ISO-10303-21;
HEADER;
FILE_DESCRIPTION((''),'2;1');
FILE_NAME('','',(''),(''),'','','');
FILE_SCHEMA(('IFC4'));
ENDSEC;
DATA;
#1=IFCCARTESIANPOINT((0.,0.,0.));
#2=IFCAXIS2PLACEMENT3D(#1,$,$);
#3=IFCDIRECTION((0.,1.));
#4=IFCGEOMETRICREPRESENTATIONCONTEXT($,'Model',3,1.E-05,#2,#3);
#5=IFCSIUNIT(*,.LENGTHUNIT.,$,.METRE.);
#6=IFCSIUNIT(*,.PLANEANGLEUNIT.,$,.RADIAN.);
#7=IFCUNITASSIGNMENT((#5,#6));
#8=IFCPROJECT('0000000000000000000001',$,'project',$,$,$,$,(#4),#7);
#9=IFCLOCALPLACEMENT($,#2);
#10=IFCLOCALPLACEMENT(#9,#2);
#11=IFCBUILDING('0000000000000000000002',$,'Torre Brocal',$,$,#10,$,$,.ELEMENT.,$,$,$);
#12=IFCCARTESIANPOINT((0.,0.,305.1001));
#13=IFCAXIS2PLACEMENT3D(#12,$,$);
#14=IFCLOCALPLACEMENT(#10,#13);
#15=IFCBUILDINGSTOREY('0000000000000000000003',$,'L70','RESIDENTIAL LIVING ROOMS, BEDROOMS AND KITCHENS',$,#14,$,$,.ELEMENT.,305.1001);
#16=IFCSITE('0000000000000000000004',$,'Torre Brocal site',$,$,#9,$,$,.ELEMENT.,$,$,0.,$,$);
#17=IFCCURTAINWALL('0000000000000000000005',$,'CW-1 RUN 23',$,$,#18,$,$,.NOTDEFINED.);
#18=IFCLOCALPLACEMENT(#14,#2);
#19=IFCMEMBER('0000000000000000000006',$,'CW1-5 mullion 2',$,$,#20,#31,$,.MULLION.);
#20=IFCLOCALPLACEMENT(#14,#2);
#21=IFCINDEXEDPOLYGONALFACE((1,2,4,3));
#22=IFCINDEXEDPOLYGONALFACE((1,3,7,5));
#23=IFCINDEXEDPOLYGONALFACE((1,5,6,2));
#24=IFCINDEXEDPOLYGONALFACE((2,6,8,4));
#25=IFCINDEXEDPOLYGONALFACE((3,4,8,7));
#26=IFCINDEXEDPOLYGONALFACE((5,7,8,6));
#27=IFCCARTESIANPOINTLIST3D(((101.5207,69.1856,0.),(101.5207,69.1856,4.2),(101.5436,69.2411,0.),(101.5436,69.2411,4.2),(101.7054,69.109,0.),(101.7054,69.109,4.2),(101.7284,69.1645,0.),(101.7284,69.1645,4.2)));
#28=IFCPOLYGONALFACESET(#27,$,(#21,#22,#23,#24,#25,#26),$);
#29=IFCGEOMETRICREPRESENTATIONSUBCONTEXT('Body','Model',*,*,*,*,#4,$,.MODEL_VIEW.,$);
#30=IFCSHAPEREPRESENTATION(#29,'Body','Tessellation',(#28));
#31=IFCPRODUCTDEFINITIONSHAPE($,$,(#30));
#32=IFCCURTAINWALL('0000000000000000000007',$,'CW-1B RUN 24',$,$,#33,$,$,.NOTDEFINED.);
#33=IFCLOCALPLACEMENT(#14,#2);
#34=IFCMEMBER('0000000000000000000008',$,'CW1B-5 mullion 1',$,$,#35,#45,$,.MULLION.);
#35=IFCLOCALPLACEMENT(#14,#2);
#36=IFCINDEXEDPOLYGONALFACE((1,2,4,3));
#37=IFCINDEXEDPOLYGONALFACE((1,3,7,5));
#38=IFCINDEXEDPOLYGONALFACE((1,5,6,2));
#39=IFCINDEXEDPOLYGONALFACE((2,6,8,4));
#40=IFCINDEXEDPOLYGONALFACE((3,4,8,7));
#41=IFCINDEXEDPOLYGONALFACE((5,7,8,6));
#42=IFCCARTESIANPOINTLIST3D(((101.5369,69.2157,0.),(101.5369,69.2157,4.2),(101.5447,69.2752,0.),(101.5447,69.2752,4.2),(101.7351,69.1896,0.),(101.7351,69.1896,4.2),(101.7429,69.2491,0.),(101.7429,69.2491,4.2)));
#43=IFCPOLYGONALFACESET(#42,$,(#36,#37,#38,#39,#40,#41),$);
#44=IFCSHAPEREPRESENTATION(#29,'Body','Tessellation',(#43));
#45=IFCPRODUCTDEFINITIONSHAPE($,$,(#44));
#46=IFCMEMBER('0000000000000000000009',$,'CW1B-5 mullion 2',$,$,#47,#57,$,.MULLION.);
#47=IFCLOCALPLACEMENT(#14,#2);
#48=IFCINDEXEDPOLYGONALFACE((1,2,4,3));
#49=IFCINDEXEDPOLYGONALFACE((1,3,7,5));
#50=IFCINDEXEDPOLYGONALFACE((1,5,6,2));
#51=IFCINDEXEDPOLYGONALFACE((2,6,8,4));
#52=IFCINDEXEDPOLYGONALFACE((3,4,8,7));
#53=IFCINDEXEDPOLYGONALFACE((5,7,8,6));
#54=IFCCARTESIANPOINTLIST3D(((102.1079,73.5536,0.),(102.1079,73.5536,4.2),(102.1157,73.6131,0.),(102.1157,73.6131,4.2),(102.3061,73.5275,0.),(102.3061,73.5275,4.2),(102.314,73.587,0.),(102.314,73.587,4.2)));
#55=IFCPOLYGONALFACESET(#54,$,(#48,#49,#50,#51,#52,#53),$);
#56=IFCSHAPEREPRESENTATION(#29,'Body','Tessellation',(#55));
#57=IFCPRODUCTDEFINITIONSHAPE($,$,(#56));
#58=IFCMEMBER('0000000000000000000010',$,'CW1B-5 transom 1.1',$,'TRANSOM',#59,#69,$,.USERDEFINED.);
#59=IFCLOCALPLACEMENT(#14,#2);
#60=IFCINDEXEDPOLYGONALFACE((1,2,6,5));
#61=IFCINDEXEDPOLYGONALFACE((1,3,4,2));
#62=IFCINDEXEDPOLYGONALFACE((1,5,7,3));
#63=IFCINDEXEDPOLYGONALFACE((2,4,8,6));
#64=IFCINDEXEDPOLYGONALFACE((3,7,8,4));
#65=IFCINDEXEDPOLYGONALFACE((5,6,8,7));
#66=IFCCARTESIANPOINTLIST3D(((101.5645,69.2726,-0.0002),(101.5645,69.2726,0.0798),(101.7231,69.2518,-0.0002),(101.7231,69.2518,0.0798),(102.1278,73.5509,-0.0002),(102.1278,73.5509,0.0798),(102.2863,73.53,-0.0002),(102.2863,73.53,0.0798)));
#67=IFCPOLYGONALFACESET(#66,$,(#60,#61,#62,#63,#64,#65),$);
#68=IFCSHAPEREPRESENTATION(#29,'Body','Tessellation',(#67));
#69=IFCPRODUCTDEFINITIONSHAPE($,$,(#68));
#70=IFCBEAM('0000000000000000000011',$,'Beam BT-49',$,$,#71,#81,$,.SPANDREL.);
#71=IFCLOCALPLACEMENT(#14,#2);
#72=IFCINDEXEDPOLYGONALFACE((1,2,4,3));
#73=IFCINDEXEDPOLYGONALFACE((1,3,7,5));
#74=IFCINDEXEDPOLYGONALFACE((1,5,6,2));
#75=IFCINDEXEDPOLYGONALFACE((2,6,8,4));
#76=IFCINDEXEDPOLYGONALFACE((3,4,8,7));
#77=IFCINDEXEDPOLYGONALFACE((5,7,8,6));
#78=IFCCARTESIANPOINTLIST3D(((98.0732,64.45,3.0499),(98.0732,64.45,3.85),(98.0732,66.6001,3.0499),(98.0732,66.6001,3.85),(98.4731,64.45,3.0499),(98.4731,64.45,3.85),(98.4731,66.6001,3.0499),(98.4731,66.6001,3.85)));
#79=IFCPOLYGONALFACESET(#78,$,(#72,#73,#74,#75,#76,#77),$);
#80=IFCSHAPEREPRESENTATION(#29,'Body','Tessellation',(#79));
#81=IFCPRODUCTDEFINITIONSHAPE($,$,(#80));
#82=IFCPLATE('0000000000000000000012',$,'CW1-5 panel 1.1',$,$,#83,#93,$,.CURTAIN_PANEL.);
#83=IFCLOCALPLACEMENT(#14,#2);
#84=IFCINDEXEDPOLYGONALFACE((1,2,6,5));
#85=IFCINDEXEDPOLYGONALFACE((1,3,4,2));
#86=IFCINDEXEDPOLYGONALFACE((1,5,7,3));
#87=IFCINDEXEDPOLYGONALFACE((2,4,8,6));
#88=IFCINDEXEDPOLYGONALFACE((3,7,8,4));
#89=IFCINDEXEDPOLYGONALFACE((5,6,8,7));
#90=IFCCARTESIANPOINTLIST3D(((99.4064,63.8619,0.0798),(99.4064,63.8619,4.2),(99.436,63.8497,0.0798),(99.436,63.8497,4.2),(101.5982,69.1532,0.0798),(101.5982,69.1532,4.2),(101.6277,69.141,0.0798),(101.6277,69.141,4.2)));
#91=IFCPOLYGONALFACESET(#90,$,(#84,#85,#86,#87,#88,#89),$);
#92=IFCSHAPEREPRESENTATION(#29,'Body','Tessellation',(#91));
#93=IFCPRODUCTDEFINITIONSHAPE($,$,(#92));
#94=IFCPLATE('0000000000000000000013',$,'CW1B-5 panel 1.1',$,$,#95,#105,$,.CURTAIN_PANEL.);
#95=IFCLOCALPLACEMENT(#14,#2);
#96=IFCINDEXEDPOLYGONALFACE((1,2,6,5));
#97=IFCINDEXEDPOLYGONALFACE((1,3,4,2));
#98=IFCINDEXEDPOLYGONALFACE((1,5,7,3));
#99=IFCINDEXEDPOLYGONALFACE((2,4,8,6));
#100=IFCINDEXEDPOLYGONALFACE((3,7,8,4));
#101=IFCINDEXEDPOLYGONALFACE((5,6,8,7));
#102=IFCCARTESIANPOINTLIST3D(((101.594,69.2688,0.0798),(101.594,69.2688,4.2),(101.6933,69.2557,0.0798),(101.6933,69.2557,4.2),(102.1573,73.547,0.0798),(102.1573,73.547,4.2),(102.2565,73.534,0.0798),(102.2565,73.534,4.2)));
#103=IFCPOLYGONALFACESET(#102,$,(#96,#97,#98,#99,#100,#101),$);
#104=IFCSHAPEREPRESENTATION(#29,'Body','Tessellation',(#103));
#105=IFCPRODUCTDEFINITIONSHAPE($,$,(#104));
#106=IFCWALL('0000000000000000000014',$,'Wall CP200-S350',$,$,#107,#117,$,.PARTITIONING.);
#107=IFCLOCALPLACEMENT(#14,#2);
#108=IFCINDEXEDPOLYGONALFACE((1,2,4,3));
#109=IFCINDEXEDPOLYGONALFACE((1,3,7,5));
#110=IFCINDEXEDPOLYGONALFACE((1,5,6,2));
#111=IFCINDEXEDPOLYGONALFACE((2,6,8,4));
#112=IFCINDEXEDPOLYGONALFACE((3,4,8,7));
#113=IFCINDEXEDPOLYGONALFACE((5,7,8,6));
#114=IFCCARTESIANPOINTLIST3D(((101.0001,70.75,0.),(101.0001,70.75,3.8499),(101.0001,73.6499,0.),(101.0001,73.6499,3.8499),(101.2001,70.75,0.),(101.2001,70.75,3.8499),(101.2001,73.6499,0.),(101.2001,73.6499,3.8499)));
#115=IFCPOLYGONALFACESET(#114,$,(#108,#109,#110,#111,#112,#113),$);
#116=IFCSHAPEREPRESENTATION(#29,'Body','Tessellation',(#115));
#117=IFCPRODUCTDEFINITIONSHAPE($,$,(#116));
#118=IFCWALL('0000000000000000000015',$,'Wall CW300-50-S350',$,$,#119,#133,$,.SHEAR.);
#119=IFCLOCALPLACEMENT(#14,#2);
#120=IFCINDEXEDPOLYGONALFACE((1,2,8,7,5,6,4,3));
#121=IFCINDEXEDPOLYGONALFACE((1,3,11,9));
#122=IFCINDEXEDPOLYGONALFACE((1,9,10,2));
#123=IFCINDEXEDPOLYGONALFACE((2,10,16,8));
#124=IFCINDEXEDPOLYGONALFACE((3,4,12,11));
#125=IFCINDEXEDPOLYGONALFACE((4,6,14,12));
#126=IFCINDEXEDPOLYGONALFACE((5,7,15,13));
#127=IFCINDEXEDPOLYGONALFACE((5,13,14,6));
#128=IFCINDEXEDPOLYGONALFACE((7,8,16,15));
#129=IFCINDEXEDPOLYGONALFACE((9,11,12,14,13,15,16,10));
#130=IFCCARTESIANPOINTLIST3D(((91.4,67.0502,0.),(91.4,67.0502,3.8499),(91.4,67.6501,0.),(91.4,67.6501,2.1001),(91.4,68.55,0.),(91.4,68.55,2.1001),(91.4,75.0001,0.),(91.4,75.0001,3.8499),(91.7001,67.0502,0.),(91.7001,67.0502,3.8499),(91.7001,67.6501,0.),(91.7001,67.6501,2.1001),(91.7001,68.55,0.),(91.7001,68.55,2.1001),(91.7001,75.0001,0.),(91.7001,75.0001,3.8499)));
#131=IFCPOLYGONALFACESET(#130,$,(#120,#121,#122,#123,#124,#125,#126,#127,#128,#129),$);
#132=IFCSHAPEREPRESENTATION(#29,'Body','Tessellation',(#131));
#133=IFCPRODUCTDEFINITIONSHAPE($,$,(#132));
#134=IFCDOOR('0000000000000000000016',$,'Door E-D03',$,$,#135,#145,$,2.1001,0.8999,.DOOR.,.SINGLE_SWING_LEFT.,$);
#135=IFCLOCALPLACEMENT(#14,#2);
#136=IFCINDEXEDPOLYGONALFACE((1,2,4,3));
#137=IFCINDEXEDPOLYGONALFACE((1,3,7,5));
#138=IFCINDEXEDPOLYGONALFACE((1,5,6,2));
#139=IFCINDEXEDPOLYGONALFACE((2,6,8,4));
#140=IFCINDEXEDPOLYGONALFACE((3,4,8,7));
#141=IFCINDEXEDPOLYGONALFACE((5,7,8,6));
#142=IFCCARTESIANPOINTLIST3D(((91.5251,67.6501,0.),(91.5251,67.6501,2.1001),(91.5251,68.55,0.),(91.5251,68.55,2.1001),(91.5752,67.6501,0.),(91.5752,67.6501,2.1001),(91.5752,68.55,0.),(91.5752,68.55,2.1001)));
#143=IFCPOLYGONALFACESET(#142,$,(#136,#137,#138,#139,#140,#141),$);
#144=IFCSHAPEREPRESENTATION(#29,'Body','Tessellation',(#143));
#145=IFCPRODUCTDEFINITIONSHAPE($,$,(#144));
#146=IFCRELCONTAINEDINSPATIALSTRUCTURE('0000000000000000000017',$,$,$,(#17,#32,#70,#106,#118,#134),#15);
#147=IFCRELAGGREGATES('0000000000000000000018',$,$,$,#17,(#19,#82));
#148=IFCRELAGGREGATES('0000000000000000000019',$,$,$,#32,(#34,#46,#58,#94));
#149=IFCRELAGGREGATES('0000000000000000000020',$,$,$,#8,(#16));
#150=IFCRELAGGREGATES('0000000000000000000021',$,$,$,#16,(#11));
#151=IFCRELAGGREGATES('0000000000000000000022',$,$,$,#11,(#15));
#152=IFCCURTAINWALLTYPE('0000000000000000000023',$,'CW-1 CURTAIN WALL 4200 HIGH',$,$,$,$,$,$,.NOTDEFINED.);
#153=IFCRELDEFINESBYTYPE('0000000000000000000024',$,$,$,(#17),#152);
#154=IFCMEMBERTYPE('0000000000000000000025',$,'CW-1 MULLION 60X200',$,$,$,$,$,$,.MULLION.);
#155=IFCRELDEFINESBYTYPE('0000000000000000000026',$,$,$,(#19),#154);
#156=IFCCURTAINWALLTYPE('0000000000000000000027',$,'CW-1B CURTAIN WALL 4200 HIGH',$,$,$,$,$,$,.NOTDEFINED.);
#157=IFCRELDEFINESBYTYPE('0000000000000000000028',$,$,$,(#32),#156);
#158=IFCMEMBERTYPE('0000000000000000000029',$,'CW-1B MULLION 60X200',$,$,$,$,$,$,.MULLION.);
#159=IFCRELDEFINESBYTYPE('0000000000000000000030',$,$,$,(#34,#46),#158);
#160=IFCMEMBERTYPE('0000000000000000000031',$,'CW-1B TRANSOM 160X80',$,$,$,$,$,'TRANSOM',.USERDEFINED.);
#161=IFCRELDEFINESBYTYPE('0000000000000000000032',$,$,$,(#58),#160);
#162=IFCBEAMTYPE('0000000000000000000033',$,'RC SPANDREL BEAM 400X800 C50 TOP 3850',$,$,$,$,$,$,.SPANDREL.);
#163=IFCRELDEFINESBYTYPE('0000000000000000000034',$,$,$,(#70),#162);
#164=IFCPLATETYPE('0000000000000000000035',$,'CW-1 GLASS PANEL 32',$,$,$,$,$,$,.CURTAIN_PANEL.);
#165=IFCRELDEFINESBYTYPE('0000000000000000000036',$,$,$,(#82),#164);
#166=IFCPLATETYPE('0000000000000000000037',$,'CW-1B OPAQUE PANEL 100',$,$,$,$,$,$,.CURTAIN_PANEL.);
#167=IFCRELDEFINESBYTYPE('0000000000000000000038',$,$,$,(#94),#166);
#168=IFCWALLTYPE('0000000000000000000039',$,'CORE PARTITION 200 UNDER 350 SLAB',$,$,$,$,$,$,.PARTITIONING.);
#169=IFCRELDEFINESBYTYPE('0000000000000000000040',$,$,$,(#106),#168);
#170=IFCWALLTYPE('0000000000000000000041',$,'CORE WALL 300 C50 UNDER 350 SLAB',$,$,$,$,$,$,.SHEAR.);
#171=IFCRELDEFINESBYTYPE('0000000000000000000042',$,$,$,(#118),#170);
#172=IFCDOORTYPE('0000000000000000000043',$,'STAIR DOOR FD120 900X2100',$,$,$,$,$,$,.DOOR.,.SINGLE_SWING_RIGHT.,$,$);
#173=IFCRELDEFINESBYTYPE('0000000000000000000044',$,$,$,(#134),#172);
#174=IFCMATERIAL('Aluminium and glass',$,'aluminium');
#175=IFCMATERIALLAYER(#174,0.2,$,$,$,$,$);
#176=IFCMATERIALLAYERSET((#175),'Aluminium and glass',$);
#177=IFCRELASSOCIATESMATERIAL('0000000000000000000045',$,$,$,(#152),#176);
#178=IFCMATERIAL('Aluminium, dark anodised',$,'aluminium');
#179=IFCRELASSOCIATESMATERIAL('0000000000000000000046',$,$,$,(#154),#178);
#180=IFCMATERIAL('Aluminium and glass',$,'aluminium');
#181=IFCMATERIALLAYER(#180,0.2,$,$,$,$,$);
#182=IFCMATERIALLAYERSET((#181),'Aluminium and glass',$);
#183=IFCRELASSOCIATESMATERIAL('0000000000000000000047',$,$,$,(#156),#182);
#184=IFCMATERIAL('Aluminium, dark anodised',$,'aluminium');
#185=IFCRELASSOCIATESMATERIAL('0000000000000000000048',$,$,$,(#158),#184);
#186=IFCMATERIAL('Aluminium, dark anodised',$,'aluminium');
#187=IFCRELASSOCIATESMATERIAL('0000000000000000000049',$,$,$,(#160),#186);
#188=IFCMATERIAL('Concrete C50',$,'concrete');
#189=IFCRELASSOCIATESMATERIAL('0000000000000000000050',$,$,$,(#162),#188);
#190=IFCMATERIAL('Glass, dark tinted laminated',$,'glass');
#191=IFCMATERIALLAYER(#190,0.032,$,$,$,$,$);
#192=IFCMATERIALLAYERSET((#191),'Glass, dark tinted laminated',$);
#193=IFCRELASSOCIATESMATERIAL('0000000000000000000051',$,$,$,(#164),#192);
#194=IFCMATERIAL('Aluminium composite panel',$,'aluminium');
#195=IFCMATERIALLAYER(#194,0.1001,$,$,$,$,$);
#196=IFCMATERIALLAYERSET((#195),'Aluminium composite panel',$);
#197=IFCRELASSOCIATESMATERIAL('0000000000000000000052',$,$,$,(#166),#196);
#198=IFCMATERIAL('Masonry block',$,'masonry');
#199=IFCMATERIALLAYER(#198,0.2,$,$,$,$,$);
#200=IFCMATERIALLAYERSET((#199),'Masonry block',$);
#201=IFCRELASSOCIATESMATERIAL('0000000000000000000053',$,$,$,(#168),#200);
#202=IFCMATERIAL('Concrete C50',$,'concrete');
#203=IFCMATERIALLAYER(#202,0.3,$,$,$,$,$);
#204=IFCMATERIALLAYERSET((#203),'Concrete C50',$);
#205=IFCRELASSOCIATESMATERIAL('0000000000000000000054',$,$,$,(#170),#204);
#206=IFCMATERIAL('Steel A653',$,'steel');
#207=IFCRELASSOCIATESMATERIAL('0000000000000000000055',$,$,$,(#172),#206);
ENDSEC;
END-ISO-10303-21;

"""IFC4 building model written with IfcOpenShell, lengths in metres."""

from ifc_helpers import new_model, si_unit, direction, frame, frame_2d, origin, origin_2d, place, context, subcontext, project, spatial, rectangle, extrude, material, layer, layer_set, material_profile, profile_set, type_object, element, fill, aggregate, save


model = new_model("IFC4")

# Units and contexts
model_context = context("Model", 3, precision=1e-05, world=origin(), true_north=direction((0.0, 1.0)))
body_context = subcontext(model_context, "Body", "Model", "MODEL_VIEW")
ifc_project = project(units=[si_unit("LENGTHUNIT", "METRE"), si_unit("PLANEANGLEUNIT", "RADIAN")], contexts=[model_context])

# Site, building, storey
site_placement = place(None, origin())
site = spatial("IfcSite", under=ifc_project, at=site_placement, Name="Torre Brocal site", CompositionType="ELEMENT", RefElevation=0.0)
building_placement = place(site_placement, origin())
building = spatial("IfcBuilding", under=site, at=building_placement, Name="Torre Brocal", CompositionType="ELEMENT")
storey_placement = place(building_placement, frame((0.0, 0.0, 305.1001)))
storey = spatial("IfcBuildingStorey", under=building, at=storey_placement, Name="L70", Description="RESIDENTIAL LIVING ROOMS, BEDROOMS AND KITCHENS", CompositionType="ELEMENT", Elevation=305.1001)

# Curtain wall, member
ifc_material_1 = material(Name="Aluminium and glass", Category="aluminium")
ifc_layer_1 = layer(ifc_material_1, 0.2)
ifc_layer_set_1 = layer_set([ifc_layer_1], Name="Aluminium and glass")
curtain_wall_type_1 = type_object("IfcCurtainWallType", Name="CW-1 CURTAIN WALL 4200 HIGH", PredefinedType="NOTDEFINED", material=ifc_layer_set_1)
curtain_wall_1_placement = place(storey_placement, origin())
curtain_wall_1 = element("IfcCurtainWall", 1, at=curtain_wall_1_placement, inside=storey, type_object=curtain_wall_type_1, Name="CW-1 RUN 23", PredefinedType="NOTDEFINED")
ifc_material_2 = material(Name="Aluminium, dark anodised", Category="aluminium")
ifc_material_profile_1 = material_profile(ifc_material_2, rectangle(XDim=0.2, YDim=0.0601, at=origin_2d()), Name="CW-1 MULLION 60X200")
ifc_profile_set_1 = profile_set([ifc_material_profile_1], Name="Aluminium, dark anodised")
member_type_1 = type_object("IfcMemberType", Name="CW-1 MULLION 60X200", PredefinedType="MULLION", material=ifc_profile_set_1)
member_1_placement = place(storey_placement, frame((101.6245, 69.175, 0.0), z_axis=(0.0, 0.0, 1.0), x_axis=(-0.92388, 0.382683, 0.0)))
member_1 = element("IfcMember", 2, at=member_1_placement, type_object=member_type_1, Name="CW1-5 mullion 2", PredefinedType="MULLION", context=body_context, shape_type="SweptSolid", body=[
    extrude(rectangle(XDim=0.2, YDim=0.0601, at=origin_2d()), origin(), (0.0, 0.0, 1.0), 4.2),
])

# Curtain wall, members
ifc_material_3 = material(Name="Aluminium and glass", Category="aluminium")
ifc_layer_2 = layer(ifc_material_3, 0.2)
ifc_layer_set_2 = layer_set([ifc_layer_2], Name="Aluminium and glass")
curtain_wall_type_2 = type_object("IfcCurtainWallType", Name="CW-1B CURTAIN WALL 4200 HIGH", PredefinedType="NOTDEFINED", material=ifc_layer_set_2)
curtain_wall_2_placement = place(storey_placement, origin())
curtain_wall_2 = element("IfcCurtainWall", 3, at=curtain_wall_2_placement, inside=storey, type_object=curtain_wall_type_2, Name="CW-1B RUN 24", PredefinedType="NOTDEFINED")
ifc_material_4 = material(Name="Aluminium, dark anodised", Category="aluminium")
ifc_material_profile_2 = material_profile(ifc_material_4, rectangle(XDim=0.2, YDim=0.0601, at=origin_2d()), Name="CW-1B MULLION 60X200")
ifc_profile_set_2 = profile_set([ifc_material_profile_2], Name="Aluminium, dark anodised")
member_type_2 = type_object("IfcMemberType", Name="CW-1B MULLION 60X200", PredefinedType="MULLION", material=ifc_profile_set_2)
member_2_placement = place(storey_placement, frame((101.6399, 69.2324, 0.0), z_axis=(0.0, 0.0, 1.0), x_axis=(-0.991445, 0.130526, 0.0)))
member_2 = element("IfcMember", 4, at=member_2_placement, type_object=member_type_2, Name="CW1B-5 mullion 1", PredefinedType="MULLION", context=body_context, shape_type="SweptSolid", body=[
    extrude(rectangle(XDim=0.2, YDim=0.0601, at=origin_2d()), origin(), (0.0, 0.0, 1.0), 4.2),
])
member_3_placement = place(storey_placement, frame((102.2109, 73.5703, 0.0), z_axis=(0.0, 0.0, 1.0), x_axis=(-0.991445, 0.130526, 0.0)))
member_3 = element("IfcMember", 5, at=member_3_placement, type_object=member_type_2, Name="CW1B-5 mullion 2", PredefinedType="MULLION", context=body_context, shape_type="SweptSolid", body=[
    extrude(rectangle(XDim=0.2, YDim=0.0601, at=origin_2d()), origin(), (0.0, 0.0, 1.0), 4.2),
])
ifc_material_5 = material(Name="Aluminium, dark anodised", Category="aluminium")
ifc_material_profile_3 = material_profile(ifc_material_5, rectangle(XDim=0.1599, YDim=0.0801, at=origin_2d()), Name="CW-1B TRANSOM 160X80")
ifc_profile_set_3 = profile_set([ifc_material_profile_3], Name="Aluminium, dark anodised")
member_type_3 = type_object("IfcMemberType", Name="CW-1B TRANSOM 160X80", ElementType="TRANSOM", PredefinedType="USERDEFINED", material=ifc_profile_set_3)
member_4_placement = place(storey_placement, frame((101.6438, 69.2622, 0.0398), z_axis=(0.130522, 0.991445, 0.0), x_axis=(-0.991445, 0.130522, 0.0)))
member_4 = element("IfcMember", 6, at=member_4_placement, type_object=member_type_3, Name="CW1B-5 transom 1.1", ObjectType="TRANSOM", PredefinedType="USERDEFINED", context=body_context, shape_type="SweptSolid", body=[
    extrude(rectangle(XDim=0.1599, YDim=0.0801, at=origin_2d()), origin(), (0.0, 0.0, 1.0), 4.3152),
])

# Beam
ifc_material_6 = material(Name="Concrete C50", Category="concrete")
ifc_material_profile_4 = material_profile(ifc_material_6, rectangle(XDim=0.3999, YDim=0.8, at=origin_2d()), Name="RC 400X800")
ifc_profile_set_4 = profile_set([ifc_material_profile_4], Name="Concrete C50")
beam_type = type_object("IfcBeamType", Name="RC SPANDREL BEAM 400X800 C50 TOP 3850", PredefinedType="SPANDREL", material=ifc_profile_set_4)
beam_placement = place(storey_placement, frame((98.2732, 64.45, 3.45), z_axis=(0.0, 1.0, 0.0), x_axis=(-1.0, 0.0, 0.0)))
element("IfcBeam", 7, at=beam_placement, inside=storey, type_object=beam_type, Name="Beam BT-49", PredefinedType="SPANDREL", context=body_context, shape_type="SweptSolid", body=[
    extrude(rectangle(XDim=0.3999, YDim=0.8, at=origin_2d()), origin(), (0.0, 0.0, 1.0), 2.1501),
])

# Plates
ifc_material_7 = material(Name="Glass, dark tinted laminated", Category="glass")
ifc_layer_3 = layer(ifc_material_7, 0.032)
ifc_layer_set_3 = layer_set([ifc_layer_3], Name="Glass, dark tinted laminated")
plate_type_1 = type_object("IfcPlateType", Name="CW-1 GLASS PANEL 32", PredefinedType="CURTAIN_PANEL", material=ifc_layer_set_3)
plate_1_placement = place(storey_placement, frame((100.5171, 66.5015, 0.0798), z_axis=(0.0, 0.0, 1.0), x_axis=(0.382683, 0.92388, 0.0)))
plate_1 = element("IfcPlate", 8, at=plate_1_placement, type_object=plate_type_1, Name="CW1-5 panel 1.1", PredefinedType="CURTAIN_PANEL", context=body_context, shape_type="SweptSolid", body=[
    extrude(rectangle(XDim=5.7273, YDim=0.032, at=origin_2d()), origin(), (0.0, 0.0, 1.0), 4.1201),
])
aggregate(curtain_wall_1, [member_1, plate_1])
ifc_material_8 = material(Name="Aluminium composite panel", Category="aluminium")
ifc_layer_4 = layer(ifc_material_8, 0.1001)
ifc_layer_set_4 = layer_set([ifc_layer_4], Name="Aluminium composite panel")
plate_type_2 = type_object("IfcPlateType", Name="CW-1B OPAQUE PANEL 100", PredefinedType="CURTAIN_PANEL", material=ifc_layer_set_4)
plate_2_placement = place(storey_placement, frame((101.9253, 71.4014, 0.0798), z_axis=(0.0, 0.0, 1.0), x_axis=(0.130526, 0.991445, 0.0)))
plate_2 = element("IfcPlate", 9, at=plate_2_placement, type_object=plate_type_2, Name="CW1B-5 panel 1.1", PredefinedType="CURTAIN_PANEL", context=body_context, shape_type="SweptSolid", body=[
    extrude(rectangle(XDim=4.3152, YDim=0.1001, at=origin_2d()), origin(), (0.0, 0.0, 1.0), 4.1201),
])
aggregate(curtain_wall_2, [member_2, member_3, member_4, plate_2])

# Wall
ifc_material_9 = material(Name="Masonry block", Category="masonry")
ifc_layer_5 = layer(ifc_material_9, 0.2)
ifc_layer_set_5 = layer_set([ifc_layer_5], Name="Masonry block")
wall_type_1 = type_object("IfcWallType", Name="CORE PARTITION 200 UNDER 350 SLAB", PredefinedType="PARTITIONING", material=ifc_layer_set_5)
wall_1_placement = place(storey_placement, frame((101.1001, 70.75, 0.0), z_axis=(0.0, 0.0, 1.0), x_axis=(0.0, 1.0, 0.0)))
element("IfcWall", 10, at=wall_1_placement, inside=storey, type_object=wall_type_1, Name="Wall CP200-S350", PredefinedType="PARTITIONING", context=body_context, shape_type="SweptSolid", body=[
    extrude(rectangle(XDim=2.8999, YDim=0.2, at=frame_2d((1.45, 0.0))), origin(), (0.0, 0.0, 1.0), 3.8499),
])

# Wall, opening, door
ifc_material_10 = material(Name="Concrete C50", Category="concrete")
ifc_layer_6 = layer(ifc_material_10, 0.3)
ifc_layer_set_6 = layer_set([ifc_layer_6], Name="Concrete C50")
wall_type_2 = type_object("IfcWallType", Name="CORE WALL 300 C50 UNDER 350 SLAB", PredefinedType="SHEAR", material=ifc_layer_set_6)
wall_2_placement = place(storey_placement, frame((91.55, 67.05, 0.0), z_axis=(0.0, 0.0, 1.0), x_axis=(0.0, 1.0, 0.0)))
wall_2 = element("IfcWall", 11, at=wall_2_placement, inside=storey, type_object=wall_type_2, Name="Wall CW300-50-S350", PredefinedType="SHEAR", context=body_context, shape_type="SweptSolid", body=[
    extrude(rectangle(XDim=7.95, YDim=0.3, at=frame_2d((3.9751, 0.0))), origin(), (0.0, 0.0, 1.0), 3.8499),
])
opening_1_placement = place(wall_2_placement, frame((0.6001, 0.0, 0.0)))
opening_1 = element("IfcOpeningElement", 12, at=opening_1_placement, cuts=wall_2, PredefinedType="OPENING", context=body_context, shape_type="SweptSolid", body=[
    extrude(rectangle(XDim=0.8999, YDim=2.1001, at=frame_2d((0.45, 1.05))), frame((0.0, 0.1599, 0.0), z_axis=(0.0, -1.0, 0.0), x_axis=(1.0, 0.0, 0.0)), (0.0, 0.0, 1.0), 0.3201),
])
ifc_material_11 = material(Name="Steel A653", Category="steel")
door_type_1 = type_object("IfcDoorType", Name="STAIR DOOR FD120 900X2100", OperationType="SINGLE_SWING_RIGHT", PredefinedType="DOOR", material=ifc_material_11)
door_1_placement = place(opening_1_placement, origin())
door_1 = element("IfcDoor", 13, at=door_1_placement, inside=storey, type_object=door_type_1, Name="Door E-D03", OperationType="SINGLE_SWING_LEFT", OverallHeight=2.1001, OverallWidth=0.8999, PredefinedType="DOOR", context=body_context, shape_type="SweptSolid", body=[
    extrude(rectangle(XDim=0.8999, YDim=2.1001, at=frame_2d((0.45, 1.05))), frame((0.0, 0.0249, 0.0), z_axis=(0.0, -1.0, 0.0), x_axis=(1.0, 0.0, 0.0)), (0.0, 0.0, 1.0), 0.05),
])
fill(opening_1, door_1)

save(model, "model.ifc")
